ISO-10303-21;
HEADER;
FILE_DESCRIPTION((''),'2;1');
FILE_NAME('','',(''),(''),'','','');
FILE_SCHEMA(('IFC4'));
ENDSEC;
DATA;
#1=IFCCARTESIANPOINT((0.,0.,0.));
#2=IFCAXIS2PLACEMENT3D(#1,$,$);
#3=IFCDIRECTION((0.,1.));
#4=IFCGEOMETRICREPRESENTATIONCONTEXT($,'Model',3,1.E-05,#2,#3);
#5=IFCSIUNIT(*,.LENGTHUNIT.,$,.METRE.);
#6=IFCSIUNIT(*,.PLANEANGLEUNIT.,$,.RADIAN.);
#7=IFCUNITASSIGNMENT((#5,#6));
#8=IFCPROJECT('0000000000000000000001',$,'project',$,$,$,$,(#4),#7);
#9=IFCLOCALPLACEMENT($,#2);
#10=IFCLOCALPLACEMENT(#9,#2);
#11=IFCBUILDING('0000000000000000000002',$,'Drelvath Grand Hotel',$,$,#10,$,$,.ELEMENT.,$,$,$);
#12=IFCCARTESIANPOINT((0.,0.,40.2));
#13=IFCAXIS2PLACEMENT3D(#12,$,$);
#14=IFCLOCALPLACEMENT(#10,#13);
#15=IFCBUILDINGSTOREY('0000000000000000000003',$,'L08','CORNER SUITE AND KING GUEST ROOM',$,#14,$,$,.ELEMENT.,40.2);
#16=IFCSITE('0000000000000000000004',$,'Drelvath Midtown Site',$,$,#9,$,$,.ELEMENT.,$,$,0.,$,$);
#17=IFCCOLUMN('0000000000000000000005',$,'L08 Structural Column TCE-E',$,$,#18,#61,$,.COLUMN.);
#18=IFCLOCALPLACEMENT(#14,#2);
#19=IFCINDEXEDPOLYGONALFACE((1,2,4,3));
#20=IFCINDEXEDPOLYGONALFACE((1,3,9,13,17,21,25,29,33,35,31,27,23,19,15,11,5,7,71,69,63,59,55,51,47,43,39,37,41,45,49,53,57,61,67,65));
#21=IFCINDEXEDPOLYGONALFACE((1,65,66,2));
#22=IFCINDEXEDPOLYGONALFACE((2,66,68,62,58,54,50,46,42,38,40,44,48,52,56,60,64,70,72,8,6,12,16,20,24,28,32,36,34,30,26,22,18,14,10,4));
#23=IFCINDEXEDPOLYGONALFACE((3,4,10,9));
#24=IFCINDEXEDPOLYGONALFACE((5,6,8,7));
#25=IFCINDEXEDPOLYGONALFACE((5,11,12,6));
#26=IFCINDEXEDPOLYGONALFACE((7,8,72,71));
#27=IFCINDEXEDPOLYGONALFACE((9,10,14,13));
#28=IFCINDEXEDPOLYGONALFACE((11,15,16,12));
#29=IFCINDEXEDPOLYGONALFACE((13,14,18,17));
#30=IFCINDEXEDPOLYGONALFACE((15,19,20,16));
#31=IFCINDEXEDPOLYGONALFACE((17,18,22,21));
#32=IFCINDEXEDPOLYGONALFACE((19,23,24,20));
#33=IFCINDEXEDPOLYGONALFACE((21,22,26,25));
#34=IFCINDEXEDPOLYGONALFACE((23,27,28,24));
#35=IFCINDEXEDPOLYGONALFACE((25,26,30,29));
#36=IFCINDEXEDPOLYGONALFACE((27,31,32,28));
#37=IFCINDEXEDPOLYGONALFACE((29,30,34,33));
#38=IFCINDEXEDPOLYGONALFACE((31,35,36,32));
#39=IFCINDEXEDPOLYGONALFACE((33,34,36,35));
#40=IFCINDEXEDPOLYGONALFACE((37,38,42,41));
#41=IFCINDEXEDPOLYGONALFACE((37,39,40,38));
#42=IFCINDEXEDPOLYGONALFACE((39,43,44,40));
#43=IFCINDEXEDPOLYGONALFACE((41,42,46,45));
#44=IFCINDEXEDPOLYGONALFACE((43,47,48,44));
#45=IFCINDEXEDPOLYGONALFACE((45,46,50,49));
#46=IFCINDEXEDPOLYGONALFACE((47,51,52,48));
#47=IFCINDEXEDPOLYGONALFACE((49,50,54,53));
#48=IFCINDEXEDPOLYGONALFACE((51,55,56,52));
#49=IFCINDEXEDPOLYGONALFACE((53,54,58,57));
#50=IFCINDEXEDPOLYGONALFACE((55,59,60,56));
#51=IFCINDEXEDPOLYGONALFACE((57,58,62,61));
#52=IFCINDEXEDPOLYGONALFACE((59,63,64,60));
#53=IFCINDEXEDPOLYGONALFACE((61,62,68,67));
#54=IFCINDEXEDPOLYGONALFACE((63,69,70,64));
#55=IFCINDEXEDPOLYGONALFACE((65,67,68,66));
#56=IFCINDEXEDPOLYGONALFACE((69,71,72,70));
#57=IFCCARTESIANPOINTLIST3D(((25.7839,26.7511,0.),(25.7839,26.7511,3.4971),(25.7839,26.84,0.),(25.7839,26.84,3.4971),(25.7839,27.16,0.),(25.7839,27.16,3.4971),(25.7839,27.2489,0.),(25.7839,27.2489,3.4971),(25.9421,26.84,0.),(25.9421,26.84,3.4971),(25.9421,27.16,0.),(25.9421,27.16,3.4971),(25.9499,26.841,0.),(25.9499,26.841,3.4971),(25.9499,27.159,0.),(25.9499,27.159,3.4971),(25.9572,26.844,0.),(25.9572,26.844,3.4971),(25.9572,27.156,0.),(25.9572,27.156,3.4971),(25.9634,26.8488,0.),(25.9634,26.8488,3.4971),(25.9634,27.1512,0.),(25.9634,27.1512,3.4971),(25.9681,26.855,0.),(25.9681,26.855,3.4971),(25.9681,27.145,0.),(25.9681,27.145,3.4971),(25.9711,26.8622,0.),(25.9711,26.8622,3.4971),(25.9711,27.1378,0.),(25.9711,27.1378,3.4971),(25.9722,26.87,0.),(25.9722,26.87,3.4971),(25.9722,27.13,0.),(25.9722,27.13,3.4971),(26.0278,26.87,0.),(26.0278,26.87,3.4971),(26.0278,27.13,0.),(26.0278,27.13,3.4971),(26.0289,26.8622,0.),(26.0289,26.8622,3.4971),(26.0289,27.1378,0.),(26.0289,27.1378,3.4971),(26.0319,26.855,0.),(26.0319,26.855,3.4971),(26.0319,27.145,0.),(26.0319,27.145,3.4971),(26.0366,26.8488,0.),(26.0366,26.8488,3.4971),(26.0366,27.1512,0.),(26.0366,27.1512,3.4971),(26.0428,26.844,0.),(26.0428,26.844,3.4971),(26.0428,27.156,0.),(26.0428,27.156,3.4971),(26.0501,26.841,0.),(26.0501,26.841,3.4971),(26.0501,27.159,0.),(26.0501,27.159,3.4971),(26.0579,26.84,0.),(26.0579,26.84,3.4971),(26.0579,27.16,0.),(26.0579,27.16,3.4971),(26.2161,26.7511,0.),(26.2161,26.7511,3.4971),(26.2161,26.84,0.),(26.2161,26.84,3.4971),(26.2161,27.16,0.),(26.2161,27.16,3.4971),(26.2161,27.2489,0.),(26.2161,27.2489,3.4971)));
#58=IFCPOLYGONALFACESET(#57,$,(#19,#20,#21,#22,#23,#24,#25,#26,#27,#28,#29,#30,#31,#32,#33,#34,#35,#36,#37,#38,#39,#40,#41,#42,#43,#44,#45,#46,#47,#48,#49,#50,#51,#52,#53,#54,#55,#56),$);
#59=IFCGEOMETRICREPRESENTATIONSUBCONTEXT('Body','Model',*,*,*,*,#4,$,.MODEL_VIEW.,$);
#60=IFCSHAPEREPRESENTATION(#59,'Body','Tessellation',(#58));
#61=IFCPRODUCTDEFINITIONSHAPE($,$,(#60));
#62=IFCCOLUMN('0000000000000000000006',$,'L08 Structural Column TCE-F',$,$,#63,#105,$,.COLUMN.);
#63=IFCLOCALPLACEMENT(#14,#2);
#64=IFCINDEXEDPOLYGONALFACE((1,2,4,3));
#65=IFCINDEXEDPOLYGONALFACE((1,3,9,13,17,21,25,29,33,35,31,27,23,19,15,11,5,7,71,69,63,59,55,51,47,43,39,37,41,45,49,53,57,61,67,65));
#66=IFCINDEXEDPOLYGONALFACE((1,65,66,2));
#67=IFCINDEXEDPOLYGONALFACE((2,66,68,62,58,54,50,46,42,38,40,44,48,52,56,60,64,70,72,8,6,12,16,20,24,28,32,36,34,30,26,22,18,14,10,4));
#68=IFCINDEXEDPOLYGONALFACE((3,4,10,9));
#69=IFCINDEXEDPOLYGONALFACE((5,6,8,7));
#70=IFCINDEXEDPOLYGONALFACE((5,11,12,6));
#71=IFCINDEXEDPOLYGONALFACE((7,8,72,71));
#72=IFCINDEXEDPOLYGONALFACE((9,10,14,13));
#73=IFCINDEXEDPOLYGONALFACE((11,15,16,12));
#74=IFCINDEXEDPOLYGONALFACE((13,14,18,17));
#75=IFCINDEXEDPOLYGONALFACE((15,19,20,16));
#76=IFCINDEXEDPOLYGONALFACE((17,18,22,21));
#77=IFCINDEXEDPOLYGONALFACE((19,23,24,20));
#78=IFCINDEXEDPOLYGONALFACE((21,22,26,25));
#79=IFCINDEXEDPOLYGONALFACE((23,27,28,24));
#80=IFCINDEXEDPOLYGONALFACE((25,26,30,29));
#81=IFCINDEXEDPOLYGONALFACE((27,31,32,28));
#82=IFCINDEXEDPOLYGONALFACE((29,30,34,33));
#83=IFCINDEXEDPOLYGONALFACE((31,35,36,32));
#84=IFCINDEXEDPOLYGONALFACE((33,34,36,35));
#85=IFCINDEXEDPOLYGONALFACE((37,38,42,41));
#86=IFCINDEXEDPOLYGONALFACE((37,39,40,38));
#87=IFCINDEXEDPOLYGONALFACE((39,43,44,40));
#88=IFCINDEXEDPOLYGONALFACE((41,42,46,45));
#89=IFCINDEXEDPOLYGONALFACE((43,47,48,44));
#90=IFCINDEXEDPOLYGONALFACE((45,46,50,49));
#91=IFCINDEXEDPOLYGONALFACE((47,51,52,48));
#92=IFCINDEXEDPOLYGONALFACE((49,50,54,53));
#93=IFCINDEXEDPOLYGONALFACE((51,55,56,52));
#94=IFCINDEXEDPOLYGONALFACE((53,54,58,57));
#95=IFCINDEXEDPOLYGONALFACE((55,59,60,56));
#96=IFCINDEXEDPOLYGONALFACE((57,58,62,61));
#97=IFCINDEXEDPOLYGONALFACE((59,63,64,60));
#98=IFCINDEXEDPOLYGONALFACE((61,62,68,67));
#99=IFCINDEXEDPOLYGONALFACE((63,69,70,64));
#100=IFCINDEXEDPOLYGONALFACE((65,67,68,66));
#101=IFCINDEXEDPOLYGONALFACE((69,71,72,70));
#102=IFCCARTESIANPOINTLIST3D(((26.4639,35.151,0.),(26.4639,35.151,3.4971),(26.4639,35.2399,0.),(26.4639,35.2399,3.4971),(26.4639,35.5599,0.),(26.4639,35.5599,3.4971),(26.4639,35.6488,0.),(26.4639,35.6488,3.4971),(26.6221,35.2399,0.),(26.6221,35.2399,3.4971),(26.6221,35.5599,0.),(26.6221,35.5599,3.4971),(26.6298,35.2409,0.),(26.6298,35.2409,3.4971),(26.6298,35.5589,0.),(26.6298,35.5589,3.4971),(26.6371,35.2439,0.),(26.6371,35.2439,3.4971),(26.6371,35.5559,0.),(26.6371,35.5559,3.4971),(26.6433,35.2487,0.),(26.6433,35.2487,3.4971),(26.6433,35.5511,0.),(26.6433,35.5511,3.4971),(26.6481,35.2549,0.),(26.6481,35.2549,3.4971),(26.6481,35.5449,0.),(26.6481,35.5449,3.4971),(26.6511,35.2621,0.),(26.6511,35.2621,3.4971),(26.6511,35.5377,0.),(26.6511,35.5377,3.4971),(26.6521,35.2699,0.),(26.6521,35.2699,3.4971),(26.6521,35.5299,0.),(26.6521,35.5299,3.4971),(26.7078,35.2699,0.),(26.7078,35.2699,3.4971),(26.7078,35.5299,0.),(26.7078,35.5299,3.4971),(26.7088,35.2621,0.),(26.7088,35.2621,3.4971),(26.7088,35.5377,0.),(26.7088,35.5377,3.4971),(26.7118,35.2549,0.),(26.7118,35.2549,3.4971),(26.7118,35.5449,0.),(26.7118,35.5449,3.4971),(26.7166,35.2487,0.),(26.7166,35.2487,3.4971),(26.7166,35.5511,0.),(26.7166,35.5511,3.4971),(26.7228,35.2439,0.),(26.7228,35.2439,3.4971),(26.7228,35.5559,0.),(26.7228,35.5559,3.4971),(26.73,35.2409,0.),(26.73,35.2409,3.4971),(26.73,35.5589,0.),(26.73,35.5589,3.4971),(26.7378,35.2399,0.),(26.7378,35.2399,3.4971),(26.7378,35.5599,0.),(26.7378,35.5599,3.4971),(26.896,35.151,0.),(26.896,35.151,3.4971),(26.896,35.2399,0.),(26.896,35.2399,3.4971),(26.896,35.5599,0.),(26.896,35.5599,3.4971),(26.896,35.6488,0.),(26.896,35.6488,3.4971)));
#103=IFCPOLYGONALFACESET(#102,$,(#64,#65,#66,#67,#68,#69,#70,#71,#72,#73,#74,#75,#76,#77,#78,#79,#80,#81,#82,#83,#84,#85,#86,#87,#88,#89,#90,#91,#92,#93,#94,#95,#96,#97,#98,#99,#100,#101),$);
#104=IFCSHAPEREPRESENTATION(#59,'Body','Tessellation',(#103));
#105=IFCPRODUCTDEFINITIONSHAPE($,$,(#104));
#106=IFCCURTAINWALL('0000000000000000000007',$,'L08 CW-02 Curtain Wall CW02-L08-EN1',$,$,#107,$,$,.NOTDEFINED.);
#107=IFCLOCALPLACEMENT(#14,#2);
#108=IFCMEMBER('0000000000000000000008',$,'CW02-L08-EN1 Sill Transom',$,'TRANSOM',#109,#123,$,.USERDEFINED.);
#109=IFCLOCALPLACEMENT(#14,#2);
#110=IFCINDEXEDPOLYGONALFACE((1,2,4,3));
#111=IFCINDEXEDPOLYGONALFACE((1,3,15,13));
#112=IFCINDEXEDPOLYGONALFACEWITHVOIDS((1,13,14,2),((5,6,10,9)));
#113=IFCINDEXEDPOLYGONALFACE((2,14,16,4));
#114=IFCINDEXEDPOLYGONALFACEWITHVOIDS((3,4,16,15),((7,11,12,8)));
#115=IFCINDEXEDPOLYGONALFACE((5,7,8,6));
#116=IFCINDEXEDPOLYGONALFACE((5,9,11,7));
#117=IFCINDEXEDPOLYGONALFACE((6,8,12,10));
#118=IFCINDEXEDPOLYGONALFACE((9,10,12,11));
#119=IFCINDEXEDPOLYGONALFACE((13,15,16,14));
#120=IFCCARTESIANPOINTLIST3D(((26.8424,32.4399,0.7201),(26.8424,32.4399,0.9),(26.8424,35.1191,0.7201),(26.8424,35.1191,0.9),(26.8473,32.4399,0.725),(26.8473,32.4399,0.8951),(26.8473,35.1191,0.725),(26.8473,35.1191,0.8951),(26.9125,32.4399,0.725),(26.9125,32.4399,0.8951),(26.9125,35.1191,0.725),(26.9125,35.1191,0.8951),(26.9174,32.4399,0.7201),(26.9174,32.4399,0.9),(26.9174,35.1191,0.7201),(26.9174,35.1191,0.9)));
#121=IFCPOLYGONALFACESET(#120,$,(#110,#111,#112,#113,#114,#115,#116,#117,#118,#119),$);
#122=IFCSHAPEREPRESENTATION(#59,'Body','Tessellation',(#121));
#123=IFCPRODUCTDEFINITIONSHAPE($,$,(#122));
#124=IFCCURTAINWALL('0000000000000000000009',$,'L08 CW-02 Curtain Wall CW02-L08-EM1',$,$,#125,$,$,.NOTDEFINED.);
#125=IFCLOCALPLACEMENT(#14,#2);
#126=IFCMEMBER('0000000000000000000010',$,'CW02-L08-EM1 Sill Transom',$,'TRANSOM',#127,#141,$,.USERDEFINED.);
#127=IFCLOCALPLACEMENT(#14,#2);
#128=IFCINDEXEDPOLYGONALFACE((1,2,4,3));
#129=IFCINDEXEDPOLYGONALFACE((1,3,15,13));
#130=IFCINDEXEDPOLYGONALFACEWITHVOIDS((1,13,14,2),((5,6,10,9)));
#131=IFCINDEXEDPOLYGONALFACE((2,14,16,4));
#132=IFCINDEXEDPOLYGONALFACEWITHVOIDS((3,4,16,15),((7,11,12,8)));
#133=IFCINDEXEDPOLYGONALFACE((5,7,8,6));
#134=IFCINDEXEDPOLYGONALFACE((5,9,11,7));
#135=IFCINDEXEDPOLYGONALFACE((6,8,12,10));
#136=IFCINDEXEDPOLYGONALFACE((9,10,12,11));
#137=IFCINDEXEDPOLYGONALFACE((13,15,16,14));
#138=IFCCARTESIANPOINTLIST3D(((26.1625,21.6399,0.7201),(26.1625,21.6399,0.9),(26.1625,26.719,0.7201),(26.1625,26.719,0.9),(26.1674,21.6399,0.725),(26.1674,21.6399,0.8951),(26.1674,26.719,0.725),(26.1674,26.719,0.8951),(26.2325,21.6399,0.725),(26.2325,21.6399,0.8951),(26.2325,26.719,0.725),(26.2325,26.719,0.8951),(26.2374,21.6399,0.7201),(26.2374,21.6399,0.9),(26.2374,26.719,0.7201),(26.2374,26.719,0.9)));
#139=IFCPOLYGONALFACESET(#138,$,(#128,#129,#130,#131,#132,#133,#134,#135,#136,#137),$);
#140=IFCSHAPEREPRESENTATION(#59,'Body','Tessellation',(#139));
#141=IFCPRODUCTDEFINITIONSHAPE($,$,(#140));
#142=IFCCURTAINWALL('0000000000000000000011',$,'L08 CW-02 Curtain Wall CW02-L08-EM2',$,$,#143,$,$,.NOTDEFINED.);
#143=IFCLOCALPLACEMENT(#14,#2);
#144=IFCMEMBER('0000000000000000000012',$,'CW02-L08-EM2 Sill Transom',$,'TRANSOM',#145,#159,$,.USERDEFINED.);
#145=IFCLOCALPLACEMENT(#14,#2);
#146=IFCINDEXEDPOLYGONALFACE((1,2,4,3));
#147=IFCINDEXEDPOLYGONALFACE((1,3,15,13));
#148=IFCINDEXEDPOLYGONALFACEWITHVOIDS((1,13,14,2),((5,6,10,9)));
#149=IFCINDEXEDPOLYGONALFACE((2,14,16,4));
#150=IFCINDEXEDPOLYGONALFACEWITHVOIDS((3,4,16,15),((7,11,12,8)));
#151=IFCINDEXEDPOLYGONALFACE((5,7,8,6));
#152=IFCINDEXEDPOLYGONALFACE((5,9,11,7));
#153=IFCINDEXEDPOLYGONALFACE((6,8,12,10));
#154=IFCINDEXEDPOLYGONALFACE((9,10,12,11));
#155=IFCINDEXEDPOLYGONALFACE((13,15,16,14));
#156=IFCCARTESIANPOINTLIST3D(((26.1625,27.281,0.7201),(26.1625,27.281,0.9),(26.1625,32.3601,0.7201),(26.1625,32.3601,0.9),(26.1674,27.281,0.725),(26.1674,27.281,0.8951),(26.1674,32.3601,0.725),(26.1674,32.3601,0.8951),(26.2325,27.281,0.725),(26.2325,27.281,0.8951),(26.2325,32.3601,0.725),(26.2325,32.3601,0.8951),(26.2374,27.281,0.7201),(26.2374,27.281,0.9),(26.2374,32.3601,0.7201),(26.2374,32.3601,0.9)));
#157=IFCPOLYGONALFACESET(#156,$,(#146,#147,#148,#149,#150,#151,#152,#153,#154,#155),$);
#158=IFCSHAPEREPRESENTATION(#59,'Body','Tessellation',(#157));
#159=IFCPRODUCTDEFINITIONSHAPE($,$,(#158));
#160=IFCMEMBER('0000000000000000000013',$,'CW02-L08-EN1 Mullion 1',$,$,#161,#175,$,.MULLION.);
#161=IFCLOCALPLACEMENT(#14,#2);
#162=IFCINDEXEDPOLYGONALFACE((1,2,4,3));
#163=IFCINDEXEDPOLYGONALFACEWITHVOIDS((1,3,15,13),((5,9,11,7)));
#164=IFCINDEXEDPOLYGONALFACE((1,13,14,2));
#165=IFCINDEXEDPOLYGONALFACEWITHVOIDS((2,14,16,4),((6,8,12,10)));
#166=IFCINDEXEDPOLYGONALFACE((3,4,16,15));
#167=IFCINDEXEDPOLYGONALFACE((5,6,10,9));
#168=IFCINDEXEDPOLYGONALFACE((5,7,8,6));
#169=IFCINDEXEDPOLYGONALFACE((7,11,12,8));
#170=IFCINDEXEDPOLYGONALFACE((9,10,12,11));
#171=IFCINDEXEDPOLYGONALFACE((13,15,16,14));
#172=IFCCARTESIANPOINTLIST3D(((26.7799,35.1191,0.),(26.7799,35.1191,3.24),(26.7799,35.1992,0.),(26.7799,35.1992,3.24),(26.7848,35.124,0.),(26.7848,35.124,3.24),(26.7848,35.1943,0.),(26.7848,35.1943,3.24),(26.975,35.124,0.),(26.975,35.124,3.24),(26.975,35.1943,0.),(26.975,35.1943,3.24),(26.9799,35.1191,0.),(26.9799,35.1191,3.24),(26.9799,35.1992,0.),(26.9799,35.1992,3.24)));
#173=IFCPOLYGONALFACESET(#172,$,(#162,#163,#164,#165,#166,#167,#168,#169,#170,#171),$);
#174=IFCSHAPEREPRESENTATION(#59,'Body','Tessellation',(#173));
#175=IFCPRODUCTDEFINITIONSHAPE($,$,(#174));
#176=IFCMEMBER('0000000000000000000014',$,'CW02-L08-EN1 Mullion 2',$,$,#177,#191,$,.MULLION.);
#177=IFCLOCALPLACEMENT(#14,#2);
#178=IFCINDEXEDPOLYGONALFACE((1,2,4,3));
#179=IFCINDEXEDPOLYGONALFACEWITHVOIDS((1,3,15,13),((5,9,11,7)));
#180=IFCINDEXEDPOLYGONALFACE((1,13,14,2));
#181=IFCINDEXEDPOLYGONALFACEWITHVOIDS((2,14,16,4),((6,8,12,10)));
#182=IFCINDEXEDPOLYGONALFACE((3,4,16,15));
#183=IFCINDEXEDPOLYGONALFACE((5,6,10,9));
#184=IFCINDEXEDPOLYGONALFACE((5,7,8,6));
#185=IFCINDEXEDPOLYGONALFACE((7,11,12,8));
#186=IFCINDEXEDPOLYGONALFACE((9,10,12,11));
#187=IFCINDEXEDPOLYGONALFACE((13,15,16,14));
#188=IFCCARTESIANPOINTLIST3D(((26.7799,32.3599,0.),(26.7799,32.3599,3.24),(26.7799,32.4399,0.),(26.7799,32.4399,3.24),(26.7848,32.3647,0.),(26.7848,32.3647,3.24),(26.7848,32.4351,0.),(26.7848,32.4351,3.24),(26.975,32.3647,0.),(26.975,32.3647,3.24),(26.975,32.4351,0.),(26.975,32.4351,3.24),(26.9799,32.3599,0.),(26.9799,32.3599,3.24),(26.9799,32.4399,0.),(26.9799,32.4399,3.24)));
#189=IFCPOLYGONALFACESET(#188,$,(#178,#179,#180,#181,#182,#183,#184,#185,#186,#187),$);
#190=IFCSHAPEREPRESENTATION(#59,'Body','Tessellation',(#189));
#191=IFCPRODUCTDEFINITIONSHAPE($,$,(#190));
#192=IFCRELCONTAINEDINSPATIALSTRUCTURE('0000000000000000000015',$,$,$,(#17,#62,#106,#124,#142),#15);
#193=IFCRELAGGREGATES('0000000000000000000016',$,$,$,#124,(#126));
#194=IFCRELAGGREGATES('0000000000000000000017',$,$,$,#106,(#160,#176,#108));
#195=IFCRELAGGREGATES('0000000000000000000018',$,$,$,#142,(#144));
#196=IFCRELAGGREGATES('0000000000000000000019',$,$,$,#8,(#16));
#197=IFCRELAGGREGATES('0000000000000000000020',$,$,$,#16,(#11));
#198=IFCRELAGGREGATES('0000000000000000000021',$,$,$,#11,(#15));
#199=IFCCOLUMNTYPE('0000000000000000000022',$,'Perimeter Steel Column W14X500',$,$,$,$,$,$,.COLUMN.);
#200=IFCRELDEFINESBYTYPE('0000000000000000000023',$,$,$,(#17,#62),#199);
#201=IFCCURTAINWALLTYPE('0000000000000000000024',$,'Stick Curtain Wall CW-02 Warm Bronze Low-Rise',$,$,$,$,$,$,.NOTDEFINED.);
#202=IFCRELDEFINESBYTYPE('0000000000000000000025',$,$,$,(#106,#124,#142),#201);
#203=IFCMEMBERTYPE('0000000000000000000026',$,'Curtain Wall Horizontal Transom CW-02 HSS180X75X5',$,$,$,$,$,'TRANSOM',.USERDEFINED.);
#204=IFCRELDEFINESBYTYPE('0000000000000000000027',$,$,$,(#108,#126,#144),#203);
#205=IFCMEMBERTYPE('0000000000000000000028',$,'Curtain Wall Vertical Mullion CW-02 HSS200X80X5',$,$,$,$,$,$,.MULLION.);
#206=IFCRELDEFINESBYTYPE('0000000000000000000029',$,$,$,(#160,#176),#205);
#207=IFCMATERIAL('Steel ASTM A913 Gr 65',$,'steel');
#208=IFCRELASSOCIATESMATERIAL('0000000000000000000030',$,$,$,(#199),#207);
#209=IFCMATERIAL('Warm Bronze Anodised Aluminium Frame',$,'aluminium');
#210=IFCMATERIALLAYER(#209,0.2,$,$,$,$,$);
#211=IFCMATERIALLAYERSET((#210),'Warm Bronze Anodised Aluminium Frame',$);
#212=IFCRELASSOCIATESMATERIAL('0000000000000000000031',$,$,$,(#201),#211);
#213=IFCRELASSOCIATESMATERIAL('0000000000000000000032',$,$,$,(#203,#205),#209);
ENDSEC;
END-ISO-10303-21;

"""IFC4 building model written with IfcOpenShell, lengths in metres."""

from ifc_helpers import new_model, si_unit, direction, frame, origin, origin_2d, place, context, subcontext, project, spatial, hollow_rectangle, i_section, extrude, material, layer, layer_set, material_profile, profile_set, type_object, element, aggregate, save


model = new_model("IFC4")

# Units and contexts
model_context = context("Model", 3, precision=1e-05, world=origin(), true_north=direction((0.0, 1.0)))
body_context = subcontext(model_context, "Body", "Model", "MODEL_VIEW")
ifc_project = project(units=[si_unit("LENGTHUNIT", "METRE"), si_unit("PLANEANGLEUNIT", "RADIAN")], contexts=[model_context])

# Site, building, storey
site_placement = place(None, origin())
site = spatial("IfcSite", under=ifc_project, at=site_placement, Name="Drelvath Midtown Site", CompositionType="ELEMENT", RefElevation=0.0)
building_placement = place(site_placement, origin())
building = spatial("IfcBuilding", under=site, at=building_placement, Name="Drelvath Grand Hotel", CompositionType="ELEMENT")
storey_placement = place(building_placement, frame((0.0, 0.0, 40.2)))
storey = spatial("IfcBuildingStorey", under=building, at=storey_placement, Name="L08", Description="CORNER SUITE AND KING GUEST ROOM", CompositionType="ELEMENT", Elevation=40.2)

# Columns
ifc_material_1 = material(Name="Steel ASTM A913 Gr 65", Category="steel")
ifc_material_profile_1 = material_profile(ifc_material_1, i_section(OverallWidth=0.4321, OverallDepth=0.4978, WebThickness=0.0557, FlangeThickness=0.0889, FilletRadius=0.03, at=origin_2d()), Name="W14X500")
ifc_profile_set_1 = profile_set([ifc_material_profile_1], Name="Steel ASTM A913 Gr 65")
column_type = type_object("IfcColumnType", Name="Perimeter Steel Column W14X500", PredefinedType="COLUMN", material=ifc_profile_set_1)
for number, where, z_axis, x_axis, name in (
    (1, (26.0, 27.0, 0.0), (0.0, 0.0, 1.0), (1.0, 0.0, 0.0), "L08 Structural Column TCE-E"),
    (2, (26.6799, 35.3999, 0.0), (0.0, 0.0, 1.0), (1.0, 0.0, 0.0), "L08 Structural Column TCE-F"),
):
    element("IfcColumn", number, at=place(storey_placement, frame(where, z_axis=z_axis, x_axis=x_axis)), inside=storey, type_object=column_type, Name=name, PredefinedType="COLUMN", context=body_context, shape_type="SweptSolid", body=[
        extrude(i_section(OverallWidth=0.4321, OverallDepth=0.4978, WebThickness=0.0557, FlangeThickness=0.0889, FilletRadius=0.03, at=origin_2d()), origin(), (0.0, 0.0, 1.0), 3.4971),
    ])

# Curtain walls, members
ifc_material_2 = material(Name="Warm Bronze Anodised Aluminium Frame", Category="aluminium")
ifc_layer_1 = layer(ifc_material_2, 0.2)
ifc_layer_set_1 = layer_set([ifc_layer_1], Name="Warm Bronze Anodised Aluminium Frame")
curtain_wall_type = type_object("IfcCurtainWallType", Name="Stick Curtain Wall CW-02 Warm Bronze Low-Rise", PredefinedType="NOTDEFINED", material=ifc_layer_set_1)
curtain_wall_1_placement = place(storey_placement, origin())
curtain_wall_1 = element("IfcCurtainWall", 3, at=curtain_wall_1_placement, inside=storey, type_object=curtain_wall_type, Name="L08 CW-02 Curtain Wall CW02-L08-EN1", PredefinedType="NOTDEFINED")
ifc_material_profile_2 = material_profile(ifc_material_2, hollow_rectangle(XDim=0.075, YDim=0.1799, WallThickness=0.0049, at=origin_2d()), Name="HSS180X75X5")
ifc_profile_set_2 = profile_set([ifc_material_profile_2], Name="Warm Bronze Anodised Aluminium Frame")
member_type_1 = type_object("IfcMemberType", Name="Curtain Wall Horizontal Transom CW-02 HSS180X75X5", ElementType="TRANSOM", PredefinedType="USERDEFINED", material=ifc_profile_set_2)
member_1_placement = place(storey_placement, frame((26.8799, 35.1191, 0.8101), z_axis=(0.0, -1.0, 0.0), x_axis=(1.0, 0.0, 0.0)))
member_1 = element("IfcMember", 4, at=member_1_placement, type_object=member_type_1, Name="CW02-L08-EN1 Sill Transom", ObjectType="TRANSOM", PredefinedType="USERDEFINED", context=body_context, shape_type="SweptSolid", body=[
    extrude(hollow_rectangle(XDim=0.075, YDim=0.1799, WallThickness=0.0049, at=origin_2d()), origin(), (0.0, 0.0, 1.0), 2.6792),
])
curtain_wall_2_placement = place(storey_placement, origin())
curtain_wall_2 = element("IfcCurtainWall", 5, at=curtain_wall_2_placement, inside=storey, type_object=curtain_wall_type, Name="L08 CW-02 Curtain Wall CW02-L08-EM1", PredefinedType="NOTDEFINED")
member_2_placement = place(storey_placement, frame((26.2, 26.719, 0.8101), z_axis=(0.0, -1.0, 0.0), x_axis=(1.0, 0.0, 0.0)))
member_2 = element("IfcMember", 6, at=member_2_placement, type_object=member_type_1, Name="CW02-L08-EM1 Sill Transom", ObjectType="TRANSOM", PredefinedType="USERDEFINED", context=body_context, shape_type="SweptSolid", body=[
    extrude(hollow_rectangle(XDim=0.075, YDim=0.1799, WallThickness=0.0049, at=origin_2d()), origin(), (0.0, 0.0, 1.0), 5.0791),
])
curtain_wall_3_placement = place(storey_placement, origin())
curtain_wall_3 = element("IfcCurtainWall", 7, at=curtain_wall_3_placement, inside=storey, type_object=curtain_wall_type, Name="L08 CW-02 Curtain Wall CW02-L08-EM2", PredefinedType="NOTDEFINED")
member_3_placement = place(storey_placement, frame((26.2, 32.3601, 0.8101), z_axis=(0.0, -1.0, 0.0), x_axis=(1.0, 0.0, 0.0)))
member_3 = element("IfcMember", 8, at=member_3_placement, type_object=member_type_1, Name="CW02-L08-EM2 Sill Transom", ObjectType="TRANSOM", PredefinedType="USERDEFINED", context=body_context, shape_type="SweptSolid", body=[
    extrude(hollow_rectangle(XDim=0.075, YDim=0.1799, WallThickness=0.0049, at=origin_2d()), origin(), (0.0, 0.0, 1.0), 5.0791),
])

# Members
ifc_material_profile_3 = material_profile(ifc_material_2, hollow_rectangle(XDim=0.0801, YDim=0.2, WallThickness=0.0049, at=origin_2d()), Name="HSS200X80X5")
ifc_profile_set_3 = profile_set([ifc_material_profile_3], Name="Warm Bronze Anodised Aluminium Frame")
member_type_2 = type_object("IfcMemberType", Name="Curtain Wall Vertical Mullion CW-02 HSS200X80X5", PredefinedType="MULLION", material=ifc_profile_set_3)
member_4_placement = place(storey_placement, frame((26.8799, 35.1592, 0.0), z_axis=(0.0, 0.0, 1.0), x_axis=(0.0, 1.0, 0.0)))
member_4 = element("IfcMember", 9, at=member_4_placement, type_object=member_type_2, Name="CW02-L08-EN1 Mullion 1", PredefinedType="MULLION", context=body_context, shape_type="SweptSolid", body=[
    extrude(hollow_rectangle(XDim=0.0801, YDim=0.2, WallThickness=0.0049, at=origin_2d()), origin(), (0.0, 0.0, 1.0), 3.24),
])
member_5_placement = place(storey_placement, frame((26.8799, 32.3999, 0.0), z_axis=(0.0, 0.0, 1.0), x_axis=(0.0, 1.0, 0.0)))
member_5 = element("IfcMember", 10, at=member_5_placement, type_object=member_type_2, Name="CW02-L08-EN1 Mullion 2", PredefinedType="MULLION", context=body_context, shape_type="SweptSolid", body=[
    extrude(hollow_rectangle(XDim=0.0801, YDim=0.2, WallThickness=0.0049, at=origin_2d()), origin(), (0.0, 0.0, 1.0), 3.24),
])

aggregate(curtain_wall_2, [member_2])

aggregate(curtain_wall_1, [member_4, member_5, member_1])
aggregate(curtain_wall_3, [member_3])

save(model, "model.ifc")
